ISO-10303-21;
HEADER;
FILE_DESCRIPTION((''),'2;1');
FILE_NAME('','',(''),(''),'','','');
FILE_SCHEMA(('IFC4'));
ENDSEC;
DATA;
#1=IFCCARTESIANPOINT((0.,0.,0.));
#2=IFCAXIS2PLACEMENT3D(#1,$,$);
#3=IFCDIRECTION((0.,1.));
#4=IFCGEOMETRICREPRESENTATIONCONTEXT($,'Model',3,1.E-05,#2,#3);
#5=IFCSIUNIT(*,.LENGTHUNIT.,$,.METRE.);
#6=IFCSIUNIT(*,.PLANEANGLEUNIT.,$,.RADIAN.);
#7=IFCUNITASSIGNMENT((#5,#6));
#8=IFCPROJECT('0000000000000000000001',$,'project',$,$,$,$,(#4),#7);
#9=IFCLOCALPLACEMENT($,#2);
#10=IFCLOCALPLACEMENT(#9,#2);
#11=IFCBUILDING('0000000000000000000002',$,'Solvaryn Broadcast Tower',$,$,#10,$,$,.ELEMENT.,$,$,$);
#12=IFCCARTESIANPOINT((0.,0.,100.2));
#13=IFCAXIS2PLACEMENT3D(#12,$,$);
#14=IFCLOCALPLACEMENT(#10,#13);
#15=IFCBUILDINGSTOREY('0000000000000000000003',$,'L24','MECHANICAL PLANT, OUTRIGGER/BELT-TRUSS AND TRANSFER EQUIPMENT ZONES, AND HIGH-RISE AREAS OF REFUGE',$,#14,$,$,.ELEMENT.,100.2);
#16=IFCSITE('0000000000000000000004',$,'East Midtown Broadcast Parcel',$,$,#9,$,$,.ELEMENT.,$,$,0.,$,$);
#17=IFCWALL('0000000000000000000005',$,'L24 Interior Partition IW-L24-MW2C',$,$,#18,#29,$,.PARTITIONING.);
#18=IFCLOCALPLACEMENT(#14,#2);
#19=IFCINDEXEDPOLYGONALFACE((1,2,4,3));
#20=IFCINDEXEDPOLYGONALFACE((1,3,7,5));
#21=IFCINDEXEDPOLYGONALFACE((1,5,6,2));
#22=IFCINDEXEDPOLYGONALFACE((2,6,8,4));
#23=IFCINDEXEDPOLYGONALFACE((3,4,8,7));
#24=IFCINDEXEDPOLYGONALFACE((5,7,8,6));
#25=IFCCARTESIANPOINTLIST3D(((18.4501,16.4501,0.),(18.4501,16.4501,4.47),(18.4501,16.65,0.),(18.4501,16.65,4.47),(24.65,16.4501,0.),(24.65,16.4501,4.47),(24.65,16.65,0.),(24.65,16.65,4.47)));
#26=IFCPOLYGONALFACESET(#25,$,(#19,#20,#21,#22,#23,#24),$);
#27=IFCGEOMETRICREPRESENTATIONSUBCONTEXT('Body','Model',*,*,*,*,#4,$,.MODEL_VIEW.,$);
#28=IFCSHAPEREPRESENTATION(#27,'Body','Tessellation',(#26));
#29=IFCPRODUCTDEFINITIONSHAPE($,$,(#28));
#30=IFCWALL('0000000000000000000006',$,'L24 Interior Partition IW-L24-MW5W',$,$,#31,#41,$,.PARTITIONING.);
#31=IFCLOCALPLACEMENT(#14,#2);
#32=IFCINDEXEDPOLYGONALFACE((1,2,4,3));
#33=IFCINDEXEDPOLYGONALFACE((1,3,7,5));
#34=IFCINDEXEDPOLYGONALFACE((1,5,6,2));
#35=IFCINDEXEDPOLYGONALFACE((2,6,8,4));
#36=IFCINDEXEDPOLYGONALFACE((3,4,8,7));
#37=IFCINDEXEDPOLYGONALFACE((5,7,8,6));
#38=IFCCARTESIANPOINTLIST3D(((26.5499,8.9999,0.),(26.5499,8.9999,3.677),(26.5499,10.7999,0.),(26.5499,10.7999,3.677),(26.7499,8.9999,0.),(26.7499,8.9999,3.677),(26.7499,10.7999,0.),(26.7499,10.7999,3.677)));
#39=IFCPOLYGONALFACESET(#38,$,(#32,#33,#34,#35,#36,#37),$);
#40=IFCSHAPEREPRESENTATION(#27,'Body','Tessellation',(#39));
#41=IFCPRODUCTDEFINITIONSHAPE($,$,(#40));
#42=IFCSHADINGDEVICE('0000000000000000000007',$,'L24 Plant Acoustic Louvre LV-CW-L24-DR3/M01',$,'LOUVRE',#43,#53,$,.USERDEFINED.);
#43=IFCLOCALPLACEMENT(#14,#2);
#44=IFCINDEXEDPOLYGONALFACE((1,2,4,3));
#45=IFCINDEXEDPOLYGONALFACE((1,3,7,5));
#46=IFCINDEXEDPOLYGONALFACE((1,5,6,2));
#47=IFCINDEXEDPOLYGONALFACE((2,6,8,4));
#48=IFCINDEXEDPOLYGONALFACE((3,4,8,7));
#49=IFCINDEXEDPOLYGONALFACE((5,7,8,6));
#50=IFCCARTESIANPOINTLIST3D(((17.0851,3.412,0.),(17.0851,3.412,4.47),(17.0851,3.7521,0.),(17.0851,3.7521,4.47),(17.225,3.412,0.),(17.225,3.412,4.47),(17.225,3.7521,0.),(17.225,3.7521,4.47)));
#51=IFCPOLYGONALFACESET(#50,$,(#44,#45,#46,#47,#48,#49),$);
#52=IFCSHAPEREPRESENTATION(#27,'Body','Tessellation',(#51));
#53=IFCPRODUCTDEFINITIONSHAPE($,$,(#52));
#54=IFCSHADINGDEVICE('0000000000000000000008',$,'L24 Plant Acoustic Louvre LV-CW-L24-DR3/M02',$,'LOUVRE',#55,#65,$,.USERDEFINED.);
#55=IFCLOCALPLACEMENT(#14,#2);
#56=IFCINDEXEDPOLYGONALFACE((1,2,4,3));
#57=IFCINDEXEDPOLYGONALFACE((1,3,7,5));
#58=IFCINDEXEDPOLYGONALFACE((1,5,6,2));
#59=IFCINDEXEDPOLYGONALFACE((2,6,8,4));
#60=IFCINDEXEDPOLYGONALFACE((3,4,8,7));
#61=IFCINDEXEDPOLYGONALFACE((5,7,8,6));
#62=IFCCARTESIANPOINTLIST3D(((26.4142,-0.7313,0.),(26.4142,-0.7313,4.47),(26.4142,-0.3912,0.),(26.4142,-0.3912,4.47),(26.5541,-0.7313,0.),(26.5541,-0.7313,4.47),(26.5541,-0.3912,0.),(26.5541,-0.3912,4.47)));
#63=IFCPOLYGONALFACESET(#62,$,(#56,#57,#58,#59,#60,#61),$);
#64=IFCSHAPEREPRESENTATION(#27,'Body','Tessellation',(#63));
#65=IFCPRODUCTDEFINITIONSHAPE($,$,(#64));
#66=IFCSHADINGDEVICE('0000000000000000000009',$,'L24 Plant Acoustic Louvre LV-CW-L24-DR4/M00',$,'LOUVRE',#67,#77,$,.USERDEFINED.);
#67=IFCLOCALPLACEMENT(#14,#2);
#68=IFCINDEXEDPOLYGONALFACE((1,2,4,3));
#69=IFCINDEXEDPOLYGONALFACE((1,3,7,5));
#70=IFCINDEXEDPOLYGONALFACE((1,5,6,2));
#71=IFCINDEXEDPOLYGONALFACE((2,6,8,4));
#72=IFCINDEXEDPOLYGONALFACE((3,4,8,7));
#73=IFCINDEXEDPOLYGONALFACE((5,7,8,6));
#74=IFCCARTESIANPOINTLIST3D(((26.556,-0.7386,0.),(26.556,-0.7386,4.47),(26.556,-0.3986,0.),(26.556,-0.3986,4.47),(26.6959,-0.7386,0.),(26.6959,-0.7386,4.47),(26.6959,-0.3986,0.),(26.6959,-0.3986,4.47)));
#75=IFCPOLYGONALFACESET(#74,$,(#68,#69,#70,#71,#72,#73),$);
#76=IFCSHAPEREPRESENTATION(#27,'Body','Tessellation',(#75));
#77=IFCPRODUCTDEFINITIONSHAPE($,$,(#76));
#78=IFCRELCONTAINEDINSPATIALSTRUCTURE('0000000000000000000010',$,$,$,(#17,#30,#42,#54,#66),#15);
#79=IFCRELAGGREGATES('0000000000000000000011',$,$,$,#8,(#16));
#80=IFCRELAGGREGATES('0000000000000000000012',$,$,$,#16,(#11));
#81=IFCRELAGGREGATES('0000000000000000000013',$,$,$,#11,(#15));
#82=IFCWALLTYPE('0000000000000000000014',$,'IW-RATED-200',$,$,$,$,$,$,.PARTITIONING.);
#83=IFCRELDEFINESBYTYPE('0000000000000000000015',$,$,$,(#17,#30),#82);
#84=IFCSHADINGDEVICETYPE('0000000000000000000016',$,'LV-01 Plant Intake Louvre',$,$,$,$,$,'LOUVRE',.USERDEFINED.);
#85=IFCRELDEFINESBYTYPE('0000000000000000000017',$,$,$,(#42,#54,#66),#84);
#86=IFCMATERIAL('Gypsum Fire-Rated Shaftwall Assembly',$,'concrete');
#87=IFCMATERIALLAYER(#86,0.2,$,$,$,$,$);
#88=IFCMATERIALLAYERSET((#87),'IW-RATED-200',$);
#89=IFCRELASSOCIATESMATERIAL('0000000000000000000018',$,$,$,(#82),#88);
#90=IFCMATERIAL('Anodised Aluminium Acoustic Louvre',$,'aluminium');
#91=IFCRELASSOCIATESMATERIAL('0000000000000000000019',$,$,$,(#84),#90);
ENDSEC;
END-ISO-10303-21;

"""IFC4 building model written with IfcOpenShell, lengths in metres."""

from ifc_helpers import new_model, si_unit, direction, frame, frame_2d, origin, origin_2d, place, context, subcontext, project, spatial, rectangle, extrude, material, layer, layer_set, type_object, element, save


model = new_model("IFC4")

# Units and contexts
model_context = context("Model", 3, precision=1e-05, world=origin(), true_north=direction((0.0, 1.0)))
body_context = subcontext(model_context, "Body", "Model", "MODEL_VIEW")
ifc_project = project(units=[si_unit("LENGTHUNIT", "METRE"), si_unit("PLANEANGLEUNIT", "RADIAN")], contexts=[model_context])

# Site, building, storey
site_placement = place(None, origin())
site = spatial("IfcSite", under=ifc_project, at=site_placement, Name="East Midtown Broadcast Parcel", CompositionType="ELEMENT", RefElevation=0.0)
building_placement = place(site_placement, origin())
building = spatial("IfcBuilding", under=site, at=building_placement, Name="Solvaryn Broadcast Tower", CompositionType="ELEMENT")
storey_placement = place(building_placement, frame((0.0, 0.0, 100.2)))
storey = spatial("IfcBuildingStorey", under=building, at=storey_placement, Name="L24", Description="MECHANICAL PLANT, OUTRIGGER/BELT-TRUSS AND TRANSFER EQUIPMENT ZONES, AND HIGH-RISE AREAS OF REFUGE", CompositionType="ELEMENT", Elevation=100.2)

# Shared definitions
ifc_material_1 = material(Name="Gypsum Fire-Rated Shaftwall Assembly", Category="concrete")
ifc_layer_1 = layer(ifc_material_1, 0.2)
ifc_layer_set_1 = layer_set([ifc_layer_1], Name="IW-RATED-200")
wall_type = type_object("IfcWallType", Name="IW-RATED-200", PredefinedType="PARTITIONING", material=ifc_layer_set_1)

# Walls
wall_1_placement = place(storey_placement, frame((18.45, 16.55, 0.0), z_axis=(0.0, 0.0, 1.0), x_axis=(1.0, 0.0, 0.0)))
element("IfcWall", 1, at=wall_1_placement, inside=storey, type_object=wall_type, Name="L24 Interior Partition IW-L24-MW2C", PredefinedType="PARTITIONING", context=body_context, shape_type="SweptSolid", body=[
    extrude(rectangle(XDim=6.2, YDim=0.2, at=frame_2d((3.1001, 0.0))), origin(), (0.0, 0.0, 1.0), 4.47),
])
wall_2_placement = place(storey_placement, frame((26.6499, 9.0, 0.0), z_axis=(0.0, 0.0, 1.0), x_axis=(0.0, 1.0, 0.0)))
element("IfcWall", 2, at=wall_2_placement, inside=storey, type_object=wall_type, Name="L24 Interior Partition IW-L24-MW5W", PredefinedType="PARTITIONING", context=body_context, shape_type="SweptSolid", body=[
    extrude(rectangle(XDim=1.8, YDim=0.2, at=frame_2d((0.8999, 0.0))), origin(), (0.0, 0.0, 1.0), 3.677),
])

# Shading devices
ifc_material_2 = material(Name="Anodised Aluminium Acoustic Louvre", Category="aluminium")
shading_device_type = type_object("IfcShadingDeviceType", Name="LV-01 Plant Intake Louvre", ElementType="LOUVRE", PredefinedType="USERDEFINED", material=ifc_material_2)
for number, where, z_axis, x_axis, name in (
    (3, (17.155, 3.582, 0.0), (0.0, 0.0, 1.0), (1.0, 0.0, 0.0), "L24 Plant Acoustic Louvre LV-CW-L24-DR3/M01"),
    (4, (26.4841, -0.5613, 0.0), (0.0, 0.0, 1.0), (1.0, 0.0, 0.0), "L24 Plant Acoustic Louvre LV-CW-L24-DR3/M02"),
    (5, (26.626, -0.5686, 0.0), (0.0, 0.0, 1.0), (1.0, 0.0, 0.0), "L24 Plant Acoustic Louvre LV-CW-L24-DR4/M00"),
):
    element("IfcShadingDevice", number, at=place(storey_placement, frame(where, z_axis=z_axis, x_axis=x_axis)), inside=storey, type_object=shading_device_type, Name=name, ObjectType="LOUVRE", PredefinedType="USERDEFINED", context=body_context, shape_type="SweptSolid", body=[
        extrude(rectangle(XDim=0.1399, YDim=0.3401, at=origin_2d()), origin(), (0.0, 0.0, 1.0), 4.47),
    ])

save(model, "model.ifc")
